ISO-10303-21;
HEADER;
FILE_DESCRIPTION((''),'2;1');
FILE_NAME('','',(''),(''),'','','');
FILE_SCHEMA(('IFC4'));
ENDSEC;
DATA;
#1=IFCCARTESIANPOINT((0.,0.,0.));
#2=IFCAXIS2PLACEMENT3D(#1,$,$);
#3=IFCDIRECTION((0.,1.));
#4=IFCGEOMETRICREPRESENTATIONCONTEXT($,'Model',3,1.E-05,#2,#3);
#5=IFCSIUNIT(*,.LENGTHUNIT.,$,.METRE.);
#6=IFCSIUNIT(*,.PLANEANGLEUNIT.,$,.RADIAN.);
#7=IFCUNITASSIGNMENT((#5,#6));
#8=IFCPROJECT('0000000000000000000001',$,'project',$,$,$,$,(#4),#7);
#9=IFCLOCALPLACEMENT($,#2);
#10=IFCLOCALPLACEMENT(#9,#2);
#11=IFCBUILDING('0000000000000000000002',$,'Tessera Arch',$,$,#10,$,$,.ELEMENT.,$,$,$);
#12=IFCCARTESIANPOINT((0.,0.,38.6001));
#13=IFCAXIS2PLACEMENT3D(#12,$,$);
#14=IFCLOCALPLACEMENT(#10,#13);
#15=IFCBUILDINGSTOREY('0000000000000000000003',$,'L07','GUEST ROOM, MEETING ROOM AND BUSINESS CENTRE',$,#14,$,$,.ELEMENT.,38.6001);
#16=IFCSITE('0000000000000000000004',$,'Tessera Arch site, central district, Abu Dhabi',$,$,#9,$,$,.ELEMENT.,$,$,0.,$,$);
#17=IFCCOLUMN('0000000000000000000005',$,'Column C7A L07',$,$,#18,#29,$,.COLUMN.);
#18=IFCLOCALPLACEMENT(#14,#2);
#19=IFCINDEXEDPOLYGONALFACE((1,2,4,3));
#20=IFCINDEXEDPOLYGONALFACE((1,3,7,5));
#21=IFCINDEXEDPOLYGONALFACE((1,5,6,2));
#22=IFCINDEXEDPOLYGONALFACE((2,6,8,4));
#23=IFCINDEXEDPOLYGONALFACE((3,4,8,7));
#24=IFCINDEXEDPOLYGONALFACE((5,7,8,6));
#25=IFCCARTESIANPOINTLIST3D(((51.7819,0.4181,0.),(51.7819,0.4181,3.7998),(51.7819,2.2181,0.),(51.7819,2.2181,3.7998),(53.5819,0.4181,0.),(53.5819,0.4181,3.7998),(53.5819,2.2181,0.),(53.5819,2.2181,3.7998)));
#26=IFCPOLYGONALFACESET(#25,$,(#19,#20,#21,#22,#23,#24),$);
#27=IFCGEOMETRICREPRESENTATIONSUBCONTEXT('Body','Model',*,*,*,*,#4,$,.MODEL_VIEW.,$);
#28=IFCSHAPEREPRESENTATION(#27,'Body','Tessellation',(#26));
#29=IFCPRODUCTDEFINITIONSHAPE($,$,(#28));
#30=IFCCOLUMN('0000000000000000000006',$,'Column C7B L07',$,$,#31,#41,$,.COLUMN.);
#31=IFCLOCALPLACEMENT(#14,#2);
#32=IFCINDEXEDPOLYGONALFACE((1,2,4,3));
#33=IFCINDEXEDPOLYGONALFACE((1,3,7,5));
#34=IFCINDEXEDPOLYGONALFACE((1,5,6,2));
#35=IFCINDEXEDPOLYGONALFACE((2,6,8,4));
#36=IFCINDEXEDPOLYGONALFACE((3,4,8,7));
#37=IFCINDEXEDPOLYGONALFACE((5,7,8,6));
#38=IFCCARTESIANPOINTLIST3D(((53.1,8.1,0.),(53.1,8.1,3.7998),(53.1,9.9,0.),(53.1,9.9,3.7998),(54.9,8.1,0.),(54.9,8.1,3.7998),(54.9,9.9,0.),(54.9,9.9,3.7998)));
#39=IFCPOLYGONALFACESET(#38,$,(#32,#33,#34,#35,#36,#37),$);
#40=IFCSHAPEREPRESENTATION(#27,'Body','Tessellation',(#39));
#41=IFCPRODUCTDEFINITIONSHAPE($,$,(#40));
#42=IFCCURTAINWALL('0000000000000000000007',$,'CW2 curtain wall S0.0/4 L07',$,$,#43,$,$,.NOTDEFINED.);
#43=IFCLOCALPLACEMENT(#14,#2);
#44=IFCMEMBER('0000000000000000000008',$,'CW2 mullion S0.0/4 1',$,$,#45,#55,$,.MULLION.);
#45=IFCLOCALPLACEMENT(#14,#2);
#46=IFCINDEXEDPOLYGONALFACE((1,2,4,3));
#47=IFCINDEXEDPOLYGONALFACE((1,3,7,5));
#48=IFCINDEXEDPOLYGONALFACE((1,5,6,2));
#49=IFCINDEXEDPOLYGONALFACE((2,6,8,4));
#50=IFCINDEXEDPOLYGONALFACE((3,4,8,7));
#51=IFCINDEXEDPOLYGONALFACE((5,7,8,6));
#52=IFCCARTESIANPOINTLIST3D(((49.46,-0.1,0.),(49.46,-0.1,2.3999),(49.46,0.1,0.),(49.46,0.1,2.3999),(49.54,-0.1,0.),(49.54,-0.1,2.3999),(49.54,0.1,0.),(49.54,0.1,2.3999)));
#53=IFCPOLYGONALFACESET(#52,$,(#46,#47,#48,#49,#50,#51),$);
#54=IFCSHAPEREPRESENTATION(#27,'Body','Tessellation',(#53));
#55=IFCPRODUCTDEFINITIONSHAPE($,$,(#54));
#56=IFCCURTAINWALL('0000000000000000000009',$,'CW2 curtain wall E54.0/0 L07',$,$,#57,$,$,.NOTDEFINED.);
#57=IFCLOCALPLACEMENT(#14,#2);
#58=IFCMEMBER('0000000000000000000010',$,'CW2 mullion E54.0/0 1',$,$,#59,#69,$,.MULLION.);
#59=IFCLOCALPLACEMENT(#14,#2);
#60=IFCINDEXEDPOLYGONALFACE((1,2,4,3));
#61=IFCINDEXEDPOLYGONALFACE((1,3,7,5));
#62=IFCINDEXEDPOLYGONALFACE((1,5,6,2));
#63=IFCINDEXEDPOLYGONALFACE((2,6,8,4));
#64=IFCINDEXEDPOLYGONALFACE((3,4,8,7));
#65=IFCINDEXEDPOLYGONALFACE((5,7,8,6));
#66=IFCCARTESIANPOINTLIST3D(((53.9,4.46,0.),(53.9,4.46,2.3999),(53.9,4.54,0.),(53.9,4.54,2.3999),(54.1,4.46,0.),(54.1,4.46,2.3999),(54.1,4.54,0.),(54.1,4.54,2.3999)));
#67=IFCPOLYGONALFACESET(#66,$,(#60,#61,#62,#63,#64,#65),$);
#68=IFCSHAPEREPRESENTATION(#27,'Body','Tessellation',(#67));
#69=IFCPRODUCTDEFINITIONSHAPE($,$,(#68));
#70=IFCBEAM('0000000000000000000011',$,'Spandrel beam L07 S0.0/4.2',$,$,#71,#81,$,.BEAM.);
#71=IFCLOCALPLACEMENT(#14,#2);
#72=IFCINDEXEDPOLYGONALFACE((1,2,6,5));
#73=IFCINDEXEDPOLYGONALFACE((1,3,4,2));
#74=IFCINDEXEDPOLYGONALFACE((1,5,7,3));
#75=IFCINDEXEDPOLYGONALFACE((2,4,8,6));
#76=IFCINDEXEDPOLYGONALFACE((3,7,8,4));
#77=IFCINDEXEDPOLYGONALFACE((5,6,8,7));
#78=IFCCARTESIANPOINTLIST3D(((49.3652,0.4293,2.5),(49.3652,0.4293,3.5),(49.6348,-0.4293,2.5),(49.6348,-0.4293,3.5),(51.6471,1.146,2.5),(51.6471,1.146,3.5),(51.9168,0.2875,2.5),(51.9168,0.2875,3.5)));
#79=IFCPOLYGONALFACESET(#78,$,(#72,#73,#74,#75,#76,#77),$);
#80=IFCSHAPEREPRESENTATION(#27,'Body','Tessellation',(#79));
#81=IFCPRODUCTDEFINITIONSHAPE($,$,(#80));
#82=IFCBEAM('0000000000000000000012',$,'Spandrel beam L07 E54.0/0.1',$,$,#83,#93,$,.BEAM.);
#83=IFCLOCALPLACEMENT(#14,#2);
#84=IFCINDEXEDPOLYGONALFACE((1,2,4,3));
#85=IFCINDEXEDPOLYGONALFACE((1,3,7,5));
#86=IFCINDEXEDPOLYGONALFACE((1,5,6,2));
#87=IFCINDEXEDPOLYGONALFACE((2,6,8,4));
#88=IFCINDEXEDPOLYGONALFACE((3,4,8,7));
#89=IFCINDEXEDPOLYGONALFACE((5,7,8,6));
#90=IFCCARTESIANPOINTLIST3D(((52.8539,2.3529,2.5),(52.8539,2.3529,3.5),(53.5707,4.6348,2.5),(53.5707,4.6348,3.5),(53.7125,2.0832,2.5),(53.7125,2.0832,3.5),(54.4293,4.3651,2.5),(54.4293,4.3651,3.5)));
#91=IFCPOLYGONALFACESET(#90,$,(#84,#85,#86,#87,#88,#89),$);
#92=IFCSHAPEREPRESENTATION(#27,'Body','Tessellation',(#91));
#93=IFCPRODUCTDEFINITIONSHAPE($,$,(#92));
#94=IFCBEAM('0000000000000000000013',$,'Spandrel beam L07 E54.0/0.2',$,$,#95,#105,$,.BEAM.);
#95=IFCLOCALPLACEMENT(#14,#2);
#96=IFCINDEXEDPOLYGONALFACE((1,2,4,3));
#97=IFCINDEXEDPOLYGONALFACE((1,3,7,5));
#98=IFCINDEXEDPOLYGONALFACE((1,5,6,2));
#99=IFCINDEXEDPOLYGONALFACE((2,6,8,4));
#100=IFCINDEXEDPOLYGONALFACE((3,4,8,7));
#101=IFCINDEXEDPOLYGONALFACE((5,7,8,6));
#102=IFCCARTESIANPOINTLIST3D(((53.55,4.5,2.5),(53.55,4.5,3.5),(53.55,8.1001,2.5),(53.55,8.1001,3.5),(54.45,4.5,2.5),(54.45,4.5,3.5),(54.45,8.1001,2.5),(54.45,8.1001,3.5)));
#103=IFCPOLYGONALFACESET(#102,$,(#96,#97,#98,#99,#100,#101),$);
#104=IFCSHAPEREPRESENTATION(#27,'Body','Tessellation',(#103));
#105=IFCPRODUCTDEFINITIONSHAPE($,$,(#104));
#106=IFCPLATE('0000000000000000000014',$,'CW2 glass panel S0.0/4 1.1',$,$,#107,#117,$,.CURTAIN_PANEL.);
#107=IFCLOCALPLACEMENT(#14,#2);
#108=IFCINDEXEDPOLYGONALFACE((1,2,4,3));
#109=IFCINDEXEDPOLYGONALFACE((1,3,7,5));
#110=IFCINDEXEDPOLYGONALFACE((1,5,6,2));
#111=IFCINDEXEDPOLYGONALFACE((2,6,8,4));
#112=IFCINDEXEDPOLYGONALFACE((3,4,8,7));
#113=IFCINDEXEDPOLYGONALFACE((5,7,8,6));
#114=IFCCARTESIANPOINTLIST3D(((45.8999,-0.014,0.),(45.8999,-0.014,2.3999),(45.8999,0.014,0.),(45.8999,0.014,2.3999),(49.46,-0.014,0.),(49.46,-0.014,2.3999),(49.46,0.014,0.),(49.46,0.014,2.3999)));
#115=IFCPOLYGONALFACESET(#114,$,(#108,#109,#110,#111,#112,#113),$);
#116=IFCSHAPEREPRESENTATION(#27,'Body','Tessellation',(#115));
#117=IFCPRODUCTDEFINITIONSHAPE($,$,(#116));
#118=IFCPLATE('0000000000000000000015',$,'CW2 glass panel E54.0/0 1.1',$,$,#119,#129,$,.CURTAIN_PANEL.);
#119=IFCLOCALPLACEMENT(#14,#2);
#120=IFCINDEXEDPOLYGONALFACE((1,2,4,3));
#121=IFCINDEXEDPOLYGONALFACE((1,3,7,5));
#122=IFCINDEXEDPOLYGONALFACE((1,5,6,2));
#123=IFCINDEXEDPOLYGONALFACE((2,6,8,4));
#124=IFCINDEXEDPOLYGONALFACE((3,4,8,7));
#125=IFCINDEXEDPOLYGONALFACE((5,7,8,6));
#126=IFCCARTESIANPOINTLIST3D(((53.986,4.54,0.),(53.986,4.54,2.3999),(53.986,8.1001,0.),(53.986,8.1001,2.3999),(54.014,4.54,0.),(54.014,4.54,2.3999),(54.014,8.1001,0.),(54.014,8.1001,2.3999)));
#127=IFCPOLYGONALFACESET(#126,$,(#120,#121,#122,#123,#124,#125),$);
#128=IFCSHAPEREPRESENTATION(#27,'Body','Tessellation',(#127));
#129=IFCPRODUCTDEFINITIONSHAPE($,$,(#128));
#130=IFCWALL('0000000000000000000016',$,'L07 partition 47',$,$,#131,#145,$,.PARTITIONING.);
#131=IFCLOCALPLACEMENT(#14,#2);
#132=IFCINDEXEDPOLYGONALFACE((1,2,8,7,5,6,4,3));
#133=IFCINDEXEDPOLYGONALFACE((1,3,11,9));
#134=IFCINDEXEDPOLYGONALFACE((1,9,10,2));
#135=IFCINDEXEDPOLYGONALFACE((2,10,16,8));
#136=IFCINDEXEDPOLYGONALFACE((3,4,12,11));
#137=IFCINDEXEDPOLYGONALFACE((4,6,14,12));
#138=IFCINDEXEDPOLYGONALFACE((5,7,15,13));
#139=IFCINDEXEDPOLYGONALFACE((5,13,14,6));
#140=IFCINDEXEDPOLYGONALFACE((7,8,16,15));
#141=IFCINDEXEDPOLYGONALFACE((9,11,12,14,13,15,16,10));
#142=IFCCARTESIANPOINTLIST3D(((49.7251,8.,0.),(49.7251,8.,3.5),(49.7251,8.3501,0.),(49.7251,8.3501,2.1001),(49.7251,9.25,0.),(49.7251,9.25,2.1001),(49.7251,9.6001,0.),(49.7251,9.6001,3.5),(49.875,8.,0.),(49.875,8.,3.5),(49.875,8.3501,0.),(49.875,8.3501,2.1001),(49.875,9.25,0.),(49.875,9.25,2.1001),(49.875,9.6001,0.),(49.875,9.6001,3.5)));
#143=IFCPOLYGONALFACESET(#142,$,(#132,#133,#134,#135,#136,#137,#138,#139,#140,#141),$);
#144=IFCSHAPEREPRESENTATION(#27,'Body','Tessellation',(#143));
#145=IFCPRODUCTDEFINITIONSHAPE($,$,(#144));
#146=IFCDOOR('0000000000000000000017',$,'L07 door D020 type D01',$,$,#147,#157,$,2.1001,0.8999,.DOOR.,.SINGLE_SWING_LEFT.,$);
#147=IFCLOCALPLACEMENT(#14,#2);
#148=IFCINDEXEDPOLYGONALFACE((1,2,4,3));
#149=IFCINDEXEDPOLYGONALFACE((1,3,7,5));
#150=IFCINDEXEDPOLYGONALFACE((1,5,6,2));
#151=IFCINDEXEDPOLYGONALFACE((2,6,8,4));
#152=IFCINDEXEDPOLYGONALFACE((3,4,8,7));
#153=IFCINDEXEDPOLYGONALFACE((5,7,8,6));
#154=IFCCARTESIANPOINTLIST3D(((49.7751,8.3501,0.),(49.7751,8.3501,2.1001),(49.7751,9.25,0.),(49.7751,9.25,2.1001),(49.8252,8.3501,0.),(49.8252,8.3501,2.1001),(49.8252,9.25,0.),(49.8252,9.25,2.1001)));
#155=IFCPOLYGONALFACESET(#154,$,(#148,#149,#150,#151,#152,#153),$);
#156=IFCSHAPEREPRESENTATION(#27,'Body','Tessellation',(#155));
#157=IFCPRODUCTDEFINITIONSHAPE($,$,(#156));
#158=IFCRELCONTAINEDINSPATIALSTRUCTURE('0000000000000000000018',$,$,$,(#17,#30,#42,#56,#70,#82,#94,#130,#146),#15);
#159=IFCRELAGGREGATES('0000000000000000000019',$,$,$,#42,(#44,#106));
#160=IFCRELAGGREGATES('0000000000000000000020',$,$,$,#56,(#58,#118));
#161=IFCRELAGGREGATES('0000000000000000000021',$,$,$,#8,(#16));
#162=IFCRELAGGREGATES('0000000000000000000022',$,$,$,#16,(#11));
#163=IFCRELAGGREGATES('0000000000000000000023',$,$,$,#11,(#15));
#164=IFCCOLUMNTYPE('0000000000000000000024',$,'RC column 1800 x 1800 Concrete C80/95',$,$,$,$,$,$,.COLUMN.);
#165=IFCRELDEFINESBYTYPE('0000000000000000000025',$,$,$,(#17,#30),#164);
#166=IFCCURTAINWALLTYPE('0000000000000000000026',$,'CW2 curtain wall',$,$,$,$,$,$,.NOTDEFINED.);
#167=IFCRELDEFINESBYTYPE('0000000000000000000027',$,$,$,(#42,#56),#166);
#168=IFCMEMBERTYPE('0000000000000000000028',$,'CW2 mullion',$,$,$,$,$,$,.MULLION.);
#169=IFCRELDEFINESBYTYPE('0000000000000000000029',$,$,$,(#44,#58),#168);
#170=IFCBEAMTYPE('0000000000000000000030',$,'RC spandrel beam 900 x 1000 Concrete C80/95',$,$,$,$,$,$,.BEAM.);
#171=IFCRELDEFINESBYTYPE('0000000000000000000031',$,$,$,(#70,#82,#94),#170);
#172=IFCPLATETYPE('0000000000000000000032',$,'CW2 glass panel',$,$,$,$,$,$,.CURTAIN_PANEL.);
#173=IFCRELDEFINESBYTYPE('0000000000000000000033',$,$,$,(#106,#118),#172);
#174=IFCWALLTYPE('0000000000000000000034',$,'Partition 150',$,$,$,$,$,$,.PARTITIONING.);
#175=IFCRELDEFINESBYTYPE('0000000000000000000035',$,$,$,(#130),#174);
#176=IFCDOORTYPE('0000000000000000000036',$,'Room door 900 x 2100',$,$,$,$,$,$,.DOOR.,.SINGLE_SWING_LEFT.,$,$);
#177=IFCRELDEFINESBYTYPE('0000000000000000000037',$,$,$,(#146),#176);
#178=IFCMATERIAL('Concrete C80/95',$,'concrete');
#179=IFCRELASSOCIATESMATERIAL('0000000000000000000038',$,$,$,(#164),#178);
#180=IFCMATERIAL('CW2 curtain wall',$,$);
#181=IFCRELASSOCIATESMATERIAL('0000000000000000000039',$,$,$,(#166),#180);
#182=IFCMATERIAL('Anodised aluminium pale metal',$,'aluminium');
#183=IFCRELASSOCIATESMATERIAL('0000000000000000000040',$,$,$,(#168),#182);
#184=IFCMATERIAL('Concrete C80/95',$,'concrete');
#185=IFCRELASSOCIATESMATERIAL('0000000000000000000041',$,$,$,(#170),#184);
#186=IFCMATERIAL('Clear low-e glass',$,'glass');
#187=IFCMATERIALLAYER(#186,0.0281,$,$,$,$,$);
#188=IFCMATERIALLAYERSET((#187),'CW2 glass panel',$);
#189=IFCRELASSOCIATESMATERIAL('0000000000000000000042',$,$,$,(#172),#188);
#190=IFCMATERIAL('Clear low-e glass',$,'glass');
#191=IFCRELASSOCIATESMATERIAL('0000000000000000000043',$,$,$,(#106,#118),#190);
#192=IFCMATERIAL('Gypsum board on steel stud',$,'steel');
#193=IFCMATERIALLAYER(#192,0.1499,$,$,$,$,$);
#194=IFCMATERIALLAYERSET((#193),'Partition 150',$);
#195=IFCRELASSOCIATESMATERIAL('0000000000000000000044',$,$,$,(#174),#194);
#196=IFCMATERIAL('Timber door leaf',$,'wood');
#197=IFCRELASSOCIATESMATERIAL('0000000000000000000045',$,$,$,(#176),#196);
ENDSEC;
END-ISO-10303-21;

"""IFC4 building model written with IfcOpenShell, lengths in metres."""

from ifc_helpers import new_model, si_unit, direction, frame, frame_2d, origin, origin_2d, place, context, subcontext, project, spatial, rectangle, extrude, material, layer, layer_set, material_profile, profile_set, type_object, element, fill, aggregate, save


model = new_model("IFC4")

# Units and contexts
model_context = context("Model", 3, precision=1e-05, world=origin(), true_north=direction((0.0, 1.0)))
body_context = subcontext(model_context, "Body", "Model", "MODEL_VIEW")
ifc_project = project(units=[si_unit("LENGTHUNIT", "METRE"), si_unit("PLANEANGLEUNIT", "RADIAN")], contexts=[model_context])

# Site, building, storey
site_placement = place(None, origin())
site = spatial("IfcSite", under=ifc_project, at=site_placement, Name="Tessera Arch site, central district, Abu Dhabi", CompositionType="ELEMENT", RefElevation=0.0)
building_placement = place(site_placement, origin())
building = spatial("IfcBuilding", under=site, at=building_placement, Name="Tessera Arch", CompositionType="ELEMENT")
storey_placement = place(building_placement, frame((0.0, 0.0, 38.6001)))
storey = spatial("IfcBuildingStorey", under=building, at=storey_placement, Name="L07", Description="GUEST ROOM, MEETING ROOM AND BUSINESS CENTRE", CompositionType="ELEMENT", Elevation=38.6001)

# Columns
ifc_material_1 = material(Name="Concrete C80/95", Category="concrete")
ifc_material_profile_1 = material_profile(ifc_material_1, rectangle(XDim=1.8, YDim=1.8, at=origin_2d()), Name="RC column 1800 x 1800 Concrete C80/95")
ifc_profile_set_1 = profile_set([ifc_material_profile_1], Name="Concrete C80/95")
column_type = type_object("IfcColumnType", Name="RC column 1800 x 1800 Concrete C80/95", PredefinedType="COLUMN", material=ifc_profile_set_1)
for number, where, z_axis, x_axis, name in (
    (1, (52.6819, 1.3181, 0.0), (0.0, 0.0, 1.0), (1.0, 0.0, 0.0), "Column C7A L07"),
    (2, (54.0, 9.0, 0.0), (0.0, 0.0, 1.0), (1.0, 0.0, 0.0), "Column C7B L07"),
):
    element("IfcColumn", number, at=place(storey_placement, frame(where, z_axis=z_axis, x_axis=x_axis)), inside=storey, type_object=column_type, Name=name, PredefinedType="COLUMN", context=body_context, shape_type="SweptSolid", body=[
        extrude(rectangle(XDim=1.8, YDim=1.8, at=origin_2d()), origin(), (0.0, 0.0, 1.0), 3.7998),
    ])

# Curtain walls, members
ifc_material_2 = material(Name="CW2 curtain wall")
curtain_wall_type = type_object("IfcCurtainWallType", Name="CW2 curtain wall", PredefinedType="NOTDEFINED", material=ifc_material_2)
curtain_wall_1_placement = place(storey_placement, origin())
curtain_wall_1 = element("IfcCurtainWall", 3, at=curtain_wall_1_placement, inside=storey, type_object=curtain_wall_type, Name="CW2 curtain wall S0.0/4 L07", PredefinedType="NOTDEFINED")
ifc_material_3 = material(Name="Anodised aluminium pale metal", Category="aluminium")
ifc_material_profile_2 = material_profile(ifc_material_3, rectangle(XDim=0.2, YDim=0.0801, at=origin_2d()), Name="AL 80x200")
ifc_profile_set_2 = profile_set([ifc_material_profile_2], Name="Anodised aluminium pale metal")
member_type = type_object("IfcMemberType", Name="CW2 mullion", PredefinedType="MULLION", material=ifc_profile_set_2)
member_1_placement = place(storey_placement, frame((49.5, 0.0, 0.0), z_axis=(0.0, 0.0, 1.0), x_axis=(0.0, 1.0, 0.0)))
member_1 = element("IfcMember", 4, at=member_1_placement, type_object=member_type, Name="CW2 mullion S0.0/4 1", PredefinedType="MULLION", context=body_context, shape_type="SweptSolid", body=[
    extrude(rectangle(XDim=0.2, YDim=0.0801, at=origin_2d()), origin(), (0.0, 0.0, 1.0), 2.3999),
])
curtain_wall_2_placement = place(storey_placement, origin())
curtain_wall_2 = element("IfcCurtainWall", 5, at=curtain_wall_2_placement, inside=storey, type_object=curtain_wall_type, Name="CW2 curtain wall E54.0/0 L07", PredefinedType="NOTDEFINED")
member_2_placement = place(storey_placement, frame((54.0, 4.5, 0.0), z_axis=(0.0, 0.0, 1.0), x_axis=(-1.0, 0.0, 0.0)))
member_2 = element("IfcMember", 6, at=member_2_placement, type_object=member_type, Name="CW2 mullion E54.0/0 1", PredefinedType="MULLION", context=body_context, shape_type="SweptSolid", body=[
    extrude(rectangle(XDim=0.2, YDim=0.0801, at=origin_2d()), origin(), (0.0, 0.0, 1.0), 2.3999),
])

# Beams
ifc_material_4 = material(Name="Concrete C80/95", Category="concrete")
ifc_material_profile_3 = material_profile(ifc_material_4, rectangle(XDim=0.8999, YDim=1.0, at=origin_2d()), Name="RC spandrel beam 900 x 1000 Concrete C80/95")
ifc_profile_set_3 = profile_set([ifc_material_profile_3], Name="Concrete C80/95")
beam_type = type_object("IfcBeamType", Name="RC spandrel beam 900 x 1000 Concrete C80/95", PredefinedType="BEAM", material=ifc_profile_set_3)
for number, where, z_axis, x_axis, name in (
    (7, (49.5, 0.0, 3.0), (0.954041, 0.299675, 0.0), (-0.299675, 0.954041, 0.0), "Spandrel beam L07 S0.0/4.2"),
    (8, (53.2832, 2.218, 3.0), (0.299675, 0.954041, 0.0), (-0.954041, 0.299675, 0.0), "Spandrel beam L07 E54.0/0.1"),
):
    element("IfcBeam", number, at=place(storey_placement, frame(where, z_axis=z_axis, x_axis=x_axis)), inside=storey, type_object=beam_type, Name=name, PredefinedType="BEAM", context=body_context, shape_type="SweptSolid", body=[
        extrude(rectangle(XDim=0.8999, YDim=1.0, at=origin_2d()), origin(), (0.0, 0.0, 1.0), 2.3918),
    ])
beam_placement = place(storey_placement, frame((54.0, 4.5, 3.0), z_axis=(0.0, 1.0, 0.0), x_axis=(-1.0, 0.0, 0.0)))
element("IfcBeam", 9, at=beam_placement, inside=storey, type_object=beam_type, Name="Spandrel beam L07 E54.0/0.2", PredefinedType="BEAM", context=body_context, shape_type="SweptSolid", body=[
    extrude(rectangle(XDim=0.8999, YDim=1.0, at=origin_2d()), origin(), (0.0, 0.0, 1.0), 3.6001),
])

# Plates
ifc_material_5 = material(Name="Clear low-e glass", Category="glass")
ifc_material_6 = material(Name="Clear low-e glass", Category="glass")
ifc_layer_1 = layer(ifc_material_6, 0.0281)
ifc_layer_set_1 = layer_set([ifc_layer_1], Name="CW2 glass panel")
plate_type = type_object("IfcPlateType", Name="CW2 glass panel", PredefinedType="CURTAIN_PANEL", material=ifc_layer_set_1)
plate_1_placement = place(storey_placement, frame((47.6799, 0.0, 0.0), z_axis=(0.0, 0.0, 1.0), x_axis=(1.0, 0.0, 0.0)))
plate_1 = element("IfcPlate", 10, at=plate_1_placement, type_object=plate_type, material=ifc_material_5, Name="CW2 glass panel S0.0/4 1.1", PredefinedType="CURTAIN_PANEL", context=body_context, shape_type="SweptSolid", body=[
    extrude(rectangle(XDim=3.5601, YDim=0.0281, at=origin_2d()), origin(), (0.0, 0.0, 1.0), 2.3999),
])
aggregate(curtain_wall_1, [member_1, plate_1])
plate_2_placement = place(storey_placement, frame((54.0, 6.3201, 0.0), z_axis=(0.0, 0.0, 1.0), x_axis=(0.0, 1.0, 0.0)))
plate_2 = element("IfcPlate", 11, at=plate_2_placement, type_object=plate_type, material=ifc_material_5, Name="CW2 glass panel E54.0/0 1.1", PredefinedType="CURTAIN_PANEL", context=body_context, shape_type="SweptSolid", body=[
    extrude(rectangle(XDim=3.5601, YDim=0.0281, at=origin_2d()), origin(), (0.0, 0.0, 1.0), 2.3999),
])
aggregate(curtain_wall_2, [member_2, plate_2])

# Wall, opening, door
ifc_material_7 = material(Name="Gypsum board on steel stud", Category="steel")
ifc_layer_2 = layer(ifc_material_7, 0.1499)
ifc_layer_set_2 = layer_set([ifc_layer_2], Name="Partition 150")
wall_type_1 = type_object("IfcWallType", Name="Partition 150", PredefinedType="PARTITIONING", material=ifc_layer_set_2)
wall_1_placement = place(storey_placement, frame((49.8, 8.0, 0.0), z_axis=(0.0, 0.0, 1.0), x_axis=(0.0, 1.0, 0.0)))
wall_1 = element("IfcWall", 12, at=wall_1_placement, inside=storey, type_object=wall_type_1, Name="L07 partition 47", PredefinedType="PARTITIONING", context=body_context, shape_type="SweptSolid", body=[
    extrude(rectangle(XDim=1.6001, YDim=0.1499, at=frame_2d((0.8, 0.0))), origin(), (0.0, 0.0, 1.0), 3.5),
])
opening_1_placement = place(wall_1_placement, frame((0.3501, 0.0, 0.0)))
opening_1 = element("IfcOpeningElement", 13, at=opening_1_placement, cuts=wall_1, PredefinedType="OPENING", context=body_context, shape_type="SweptSolid", body=[
    extrude(rectangle(XDim=0.8999, YDim=2.1001, at=frame_2d((0.45, 1.05))), frame((0.0, 0.085, 0.0), z_axis=(0.0, -1.0, 0.0), x_axis=(1.0, 0.0, 0.0)), (0.0, 0.0, 1.0), 0.1699),
])
ifc_material_8 = material(Name="Timber door leaf", Category="wood")
door_type_1 = type_object("IfcDoorType", Name="Room door 900 x 2100", OperationType="SINGLE_SWING_LEFT", PredefinedType="DOOR", material=ifc_material_8)
door_1_placement = place(opening_1_placement, origin())
door_1 = element("IfcDoor", 14, at=door_1_placement, inside=storey, type_object=door_type_1, Name="L07 door D020 type D01", OperationType="SINGLE_SWING_LEFT", OverallHeight=2.1001, OverallWidth=0.8999, PredefinedType="DOOR", context=body_context, shape_type="SweptSolid", body=[
    extrude(rectangle(XDim=0.8999, YDim=2.1001, at=frame_2d((0.45, 1.05))), frame((0.0, 0.0249, 0.0), z_axis=(0.0, -1.0, 0.0), x_axis=(1.0, 0.0, 0.0)), (0.0, 0.0, 1.0), 0.05),
])
fill(opening_1, door_1)

save(model, "model.ifc")
